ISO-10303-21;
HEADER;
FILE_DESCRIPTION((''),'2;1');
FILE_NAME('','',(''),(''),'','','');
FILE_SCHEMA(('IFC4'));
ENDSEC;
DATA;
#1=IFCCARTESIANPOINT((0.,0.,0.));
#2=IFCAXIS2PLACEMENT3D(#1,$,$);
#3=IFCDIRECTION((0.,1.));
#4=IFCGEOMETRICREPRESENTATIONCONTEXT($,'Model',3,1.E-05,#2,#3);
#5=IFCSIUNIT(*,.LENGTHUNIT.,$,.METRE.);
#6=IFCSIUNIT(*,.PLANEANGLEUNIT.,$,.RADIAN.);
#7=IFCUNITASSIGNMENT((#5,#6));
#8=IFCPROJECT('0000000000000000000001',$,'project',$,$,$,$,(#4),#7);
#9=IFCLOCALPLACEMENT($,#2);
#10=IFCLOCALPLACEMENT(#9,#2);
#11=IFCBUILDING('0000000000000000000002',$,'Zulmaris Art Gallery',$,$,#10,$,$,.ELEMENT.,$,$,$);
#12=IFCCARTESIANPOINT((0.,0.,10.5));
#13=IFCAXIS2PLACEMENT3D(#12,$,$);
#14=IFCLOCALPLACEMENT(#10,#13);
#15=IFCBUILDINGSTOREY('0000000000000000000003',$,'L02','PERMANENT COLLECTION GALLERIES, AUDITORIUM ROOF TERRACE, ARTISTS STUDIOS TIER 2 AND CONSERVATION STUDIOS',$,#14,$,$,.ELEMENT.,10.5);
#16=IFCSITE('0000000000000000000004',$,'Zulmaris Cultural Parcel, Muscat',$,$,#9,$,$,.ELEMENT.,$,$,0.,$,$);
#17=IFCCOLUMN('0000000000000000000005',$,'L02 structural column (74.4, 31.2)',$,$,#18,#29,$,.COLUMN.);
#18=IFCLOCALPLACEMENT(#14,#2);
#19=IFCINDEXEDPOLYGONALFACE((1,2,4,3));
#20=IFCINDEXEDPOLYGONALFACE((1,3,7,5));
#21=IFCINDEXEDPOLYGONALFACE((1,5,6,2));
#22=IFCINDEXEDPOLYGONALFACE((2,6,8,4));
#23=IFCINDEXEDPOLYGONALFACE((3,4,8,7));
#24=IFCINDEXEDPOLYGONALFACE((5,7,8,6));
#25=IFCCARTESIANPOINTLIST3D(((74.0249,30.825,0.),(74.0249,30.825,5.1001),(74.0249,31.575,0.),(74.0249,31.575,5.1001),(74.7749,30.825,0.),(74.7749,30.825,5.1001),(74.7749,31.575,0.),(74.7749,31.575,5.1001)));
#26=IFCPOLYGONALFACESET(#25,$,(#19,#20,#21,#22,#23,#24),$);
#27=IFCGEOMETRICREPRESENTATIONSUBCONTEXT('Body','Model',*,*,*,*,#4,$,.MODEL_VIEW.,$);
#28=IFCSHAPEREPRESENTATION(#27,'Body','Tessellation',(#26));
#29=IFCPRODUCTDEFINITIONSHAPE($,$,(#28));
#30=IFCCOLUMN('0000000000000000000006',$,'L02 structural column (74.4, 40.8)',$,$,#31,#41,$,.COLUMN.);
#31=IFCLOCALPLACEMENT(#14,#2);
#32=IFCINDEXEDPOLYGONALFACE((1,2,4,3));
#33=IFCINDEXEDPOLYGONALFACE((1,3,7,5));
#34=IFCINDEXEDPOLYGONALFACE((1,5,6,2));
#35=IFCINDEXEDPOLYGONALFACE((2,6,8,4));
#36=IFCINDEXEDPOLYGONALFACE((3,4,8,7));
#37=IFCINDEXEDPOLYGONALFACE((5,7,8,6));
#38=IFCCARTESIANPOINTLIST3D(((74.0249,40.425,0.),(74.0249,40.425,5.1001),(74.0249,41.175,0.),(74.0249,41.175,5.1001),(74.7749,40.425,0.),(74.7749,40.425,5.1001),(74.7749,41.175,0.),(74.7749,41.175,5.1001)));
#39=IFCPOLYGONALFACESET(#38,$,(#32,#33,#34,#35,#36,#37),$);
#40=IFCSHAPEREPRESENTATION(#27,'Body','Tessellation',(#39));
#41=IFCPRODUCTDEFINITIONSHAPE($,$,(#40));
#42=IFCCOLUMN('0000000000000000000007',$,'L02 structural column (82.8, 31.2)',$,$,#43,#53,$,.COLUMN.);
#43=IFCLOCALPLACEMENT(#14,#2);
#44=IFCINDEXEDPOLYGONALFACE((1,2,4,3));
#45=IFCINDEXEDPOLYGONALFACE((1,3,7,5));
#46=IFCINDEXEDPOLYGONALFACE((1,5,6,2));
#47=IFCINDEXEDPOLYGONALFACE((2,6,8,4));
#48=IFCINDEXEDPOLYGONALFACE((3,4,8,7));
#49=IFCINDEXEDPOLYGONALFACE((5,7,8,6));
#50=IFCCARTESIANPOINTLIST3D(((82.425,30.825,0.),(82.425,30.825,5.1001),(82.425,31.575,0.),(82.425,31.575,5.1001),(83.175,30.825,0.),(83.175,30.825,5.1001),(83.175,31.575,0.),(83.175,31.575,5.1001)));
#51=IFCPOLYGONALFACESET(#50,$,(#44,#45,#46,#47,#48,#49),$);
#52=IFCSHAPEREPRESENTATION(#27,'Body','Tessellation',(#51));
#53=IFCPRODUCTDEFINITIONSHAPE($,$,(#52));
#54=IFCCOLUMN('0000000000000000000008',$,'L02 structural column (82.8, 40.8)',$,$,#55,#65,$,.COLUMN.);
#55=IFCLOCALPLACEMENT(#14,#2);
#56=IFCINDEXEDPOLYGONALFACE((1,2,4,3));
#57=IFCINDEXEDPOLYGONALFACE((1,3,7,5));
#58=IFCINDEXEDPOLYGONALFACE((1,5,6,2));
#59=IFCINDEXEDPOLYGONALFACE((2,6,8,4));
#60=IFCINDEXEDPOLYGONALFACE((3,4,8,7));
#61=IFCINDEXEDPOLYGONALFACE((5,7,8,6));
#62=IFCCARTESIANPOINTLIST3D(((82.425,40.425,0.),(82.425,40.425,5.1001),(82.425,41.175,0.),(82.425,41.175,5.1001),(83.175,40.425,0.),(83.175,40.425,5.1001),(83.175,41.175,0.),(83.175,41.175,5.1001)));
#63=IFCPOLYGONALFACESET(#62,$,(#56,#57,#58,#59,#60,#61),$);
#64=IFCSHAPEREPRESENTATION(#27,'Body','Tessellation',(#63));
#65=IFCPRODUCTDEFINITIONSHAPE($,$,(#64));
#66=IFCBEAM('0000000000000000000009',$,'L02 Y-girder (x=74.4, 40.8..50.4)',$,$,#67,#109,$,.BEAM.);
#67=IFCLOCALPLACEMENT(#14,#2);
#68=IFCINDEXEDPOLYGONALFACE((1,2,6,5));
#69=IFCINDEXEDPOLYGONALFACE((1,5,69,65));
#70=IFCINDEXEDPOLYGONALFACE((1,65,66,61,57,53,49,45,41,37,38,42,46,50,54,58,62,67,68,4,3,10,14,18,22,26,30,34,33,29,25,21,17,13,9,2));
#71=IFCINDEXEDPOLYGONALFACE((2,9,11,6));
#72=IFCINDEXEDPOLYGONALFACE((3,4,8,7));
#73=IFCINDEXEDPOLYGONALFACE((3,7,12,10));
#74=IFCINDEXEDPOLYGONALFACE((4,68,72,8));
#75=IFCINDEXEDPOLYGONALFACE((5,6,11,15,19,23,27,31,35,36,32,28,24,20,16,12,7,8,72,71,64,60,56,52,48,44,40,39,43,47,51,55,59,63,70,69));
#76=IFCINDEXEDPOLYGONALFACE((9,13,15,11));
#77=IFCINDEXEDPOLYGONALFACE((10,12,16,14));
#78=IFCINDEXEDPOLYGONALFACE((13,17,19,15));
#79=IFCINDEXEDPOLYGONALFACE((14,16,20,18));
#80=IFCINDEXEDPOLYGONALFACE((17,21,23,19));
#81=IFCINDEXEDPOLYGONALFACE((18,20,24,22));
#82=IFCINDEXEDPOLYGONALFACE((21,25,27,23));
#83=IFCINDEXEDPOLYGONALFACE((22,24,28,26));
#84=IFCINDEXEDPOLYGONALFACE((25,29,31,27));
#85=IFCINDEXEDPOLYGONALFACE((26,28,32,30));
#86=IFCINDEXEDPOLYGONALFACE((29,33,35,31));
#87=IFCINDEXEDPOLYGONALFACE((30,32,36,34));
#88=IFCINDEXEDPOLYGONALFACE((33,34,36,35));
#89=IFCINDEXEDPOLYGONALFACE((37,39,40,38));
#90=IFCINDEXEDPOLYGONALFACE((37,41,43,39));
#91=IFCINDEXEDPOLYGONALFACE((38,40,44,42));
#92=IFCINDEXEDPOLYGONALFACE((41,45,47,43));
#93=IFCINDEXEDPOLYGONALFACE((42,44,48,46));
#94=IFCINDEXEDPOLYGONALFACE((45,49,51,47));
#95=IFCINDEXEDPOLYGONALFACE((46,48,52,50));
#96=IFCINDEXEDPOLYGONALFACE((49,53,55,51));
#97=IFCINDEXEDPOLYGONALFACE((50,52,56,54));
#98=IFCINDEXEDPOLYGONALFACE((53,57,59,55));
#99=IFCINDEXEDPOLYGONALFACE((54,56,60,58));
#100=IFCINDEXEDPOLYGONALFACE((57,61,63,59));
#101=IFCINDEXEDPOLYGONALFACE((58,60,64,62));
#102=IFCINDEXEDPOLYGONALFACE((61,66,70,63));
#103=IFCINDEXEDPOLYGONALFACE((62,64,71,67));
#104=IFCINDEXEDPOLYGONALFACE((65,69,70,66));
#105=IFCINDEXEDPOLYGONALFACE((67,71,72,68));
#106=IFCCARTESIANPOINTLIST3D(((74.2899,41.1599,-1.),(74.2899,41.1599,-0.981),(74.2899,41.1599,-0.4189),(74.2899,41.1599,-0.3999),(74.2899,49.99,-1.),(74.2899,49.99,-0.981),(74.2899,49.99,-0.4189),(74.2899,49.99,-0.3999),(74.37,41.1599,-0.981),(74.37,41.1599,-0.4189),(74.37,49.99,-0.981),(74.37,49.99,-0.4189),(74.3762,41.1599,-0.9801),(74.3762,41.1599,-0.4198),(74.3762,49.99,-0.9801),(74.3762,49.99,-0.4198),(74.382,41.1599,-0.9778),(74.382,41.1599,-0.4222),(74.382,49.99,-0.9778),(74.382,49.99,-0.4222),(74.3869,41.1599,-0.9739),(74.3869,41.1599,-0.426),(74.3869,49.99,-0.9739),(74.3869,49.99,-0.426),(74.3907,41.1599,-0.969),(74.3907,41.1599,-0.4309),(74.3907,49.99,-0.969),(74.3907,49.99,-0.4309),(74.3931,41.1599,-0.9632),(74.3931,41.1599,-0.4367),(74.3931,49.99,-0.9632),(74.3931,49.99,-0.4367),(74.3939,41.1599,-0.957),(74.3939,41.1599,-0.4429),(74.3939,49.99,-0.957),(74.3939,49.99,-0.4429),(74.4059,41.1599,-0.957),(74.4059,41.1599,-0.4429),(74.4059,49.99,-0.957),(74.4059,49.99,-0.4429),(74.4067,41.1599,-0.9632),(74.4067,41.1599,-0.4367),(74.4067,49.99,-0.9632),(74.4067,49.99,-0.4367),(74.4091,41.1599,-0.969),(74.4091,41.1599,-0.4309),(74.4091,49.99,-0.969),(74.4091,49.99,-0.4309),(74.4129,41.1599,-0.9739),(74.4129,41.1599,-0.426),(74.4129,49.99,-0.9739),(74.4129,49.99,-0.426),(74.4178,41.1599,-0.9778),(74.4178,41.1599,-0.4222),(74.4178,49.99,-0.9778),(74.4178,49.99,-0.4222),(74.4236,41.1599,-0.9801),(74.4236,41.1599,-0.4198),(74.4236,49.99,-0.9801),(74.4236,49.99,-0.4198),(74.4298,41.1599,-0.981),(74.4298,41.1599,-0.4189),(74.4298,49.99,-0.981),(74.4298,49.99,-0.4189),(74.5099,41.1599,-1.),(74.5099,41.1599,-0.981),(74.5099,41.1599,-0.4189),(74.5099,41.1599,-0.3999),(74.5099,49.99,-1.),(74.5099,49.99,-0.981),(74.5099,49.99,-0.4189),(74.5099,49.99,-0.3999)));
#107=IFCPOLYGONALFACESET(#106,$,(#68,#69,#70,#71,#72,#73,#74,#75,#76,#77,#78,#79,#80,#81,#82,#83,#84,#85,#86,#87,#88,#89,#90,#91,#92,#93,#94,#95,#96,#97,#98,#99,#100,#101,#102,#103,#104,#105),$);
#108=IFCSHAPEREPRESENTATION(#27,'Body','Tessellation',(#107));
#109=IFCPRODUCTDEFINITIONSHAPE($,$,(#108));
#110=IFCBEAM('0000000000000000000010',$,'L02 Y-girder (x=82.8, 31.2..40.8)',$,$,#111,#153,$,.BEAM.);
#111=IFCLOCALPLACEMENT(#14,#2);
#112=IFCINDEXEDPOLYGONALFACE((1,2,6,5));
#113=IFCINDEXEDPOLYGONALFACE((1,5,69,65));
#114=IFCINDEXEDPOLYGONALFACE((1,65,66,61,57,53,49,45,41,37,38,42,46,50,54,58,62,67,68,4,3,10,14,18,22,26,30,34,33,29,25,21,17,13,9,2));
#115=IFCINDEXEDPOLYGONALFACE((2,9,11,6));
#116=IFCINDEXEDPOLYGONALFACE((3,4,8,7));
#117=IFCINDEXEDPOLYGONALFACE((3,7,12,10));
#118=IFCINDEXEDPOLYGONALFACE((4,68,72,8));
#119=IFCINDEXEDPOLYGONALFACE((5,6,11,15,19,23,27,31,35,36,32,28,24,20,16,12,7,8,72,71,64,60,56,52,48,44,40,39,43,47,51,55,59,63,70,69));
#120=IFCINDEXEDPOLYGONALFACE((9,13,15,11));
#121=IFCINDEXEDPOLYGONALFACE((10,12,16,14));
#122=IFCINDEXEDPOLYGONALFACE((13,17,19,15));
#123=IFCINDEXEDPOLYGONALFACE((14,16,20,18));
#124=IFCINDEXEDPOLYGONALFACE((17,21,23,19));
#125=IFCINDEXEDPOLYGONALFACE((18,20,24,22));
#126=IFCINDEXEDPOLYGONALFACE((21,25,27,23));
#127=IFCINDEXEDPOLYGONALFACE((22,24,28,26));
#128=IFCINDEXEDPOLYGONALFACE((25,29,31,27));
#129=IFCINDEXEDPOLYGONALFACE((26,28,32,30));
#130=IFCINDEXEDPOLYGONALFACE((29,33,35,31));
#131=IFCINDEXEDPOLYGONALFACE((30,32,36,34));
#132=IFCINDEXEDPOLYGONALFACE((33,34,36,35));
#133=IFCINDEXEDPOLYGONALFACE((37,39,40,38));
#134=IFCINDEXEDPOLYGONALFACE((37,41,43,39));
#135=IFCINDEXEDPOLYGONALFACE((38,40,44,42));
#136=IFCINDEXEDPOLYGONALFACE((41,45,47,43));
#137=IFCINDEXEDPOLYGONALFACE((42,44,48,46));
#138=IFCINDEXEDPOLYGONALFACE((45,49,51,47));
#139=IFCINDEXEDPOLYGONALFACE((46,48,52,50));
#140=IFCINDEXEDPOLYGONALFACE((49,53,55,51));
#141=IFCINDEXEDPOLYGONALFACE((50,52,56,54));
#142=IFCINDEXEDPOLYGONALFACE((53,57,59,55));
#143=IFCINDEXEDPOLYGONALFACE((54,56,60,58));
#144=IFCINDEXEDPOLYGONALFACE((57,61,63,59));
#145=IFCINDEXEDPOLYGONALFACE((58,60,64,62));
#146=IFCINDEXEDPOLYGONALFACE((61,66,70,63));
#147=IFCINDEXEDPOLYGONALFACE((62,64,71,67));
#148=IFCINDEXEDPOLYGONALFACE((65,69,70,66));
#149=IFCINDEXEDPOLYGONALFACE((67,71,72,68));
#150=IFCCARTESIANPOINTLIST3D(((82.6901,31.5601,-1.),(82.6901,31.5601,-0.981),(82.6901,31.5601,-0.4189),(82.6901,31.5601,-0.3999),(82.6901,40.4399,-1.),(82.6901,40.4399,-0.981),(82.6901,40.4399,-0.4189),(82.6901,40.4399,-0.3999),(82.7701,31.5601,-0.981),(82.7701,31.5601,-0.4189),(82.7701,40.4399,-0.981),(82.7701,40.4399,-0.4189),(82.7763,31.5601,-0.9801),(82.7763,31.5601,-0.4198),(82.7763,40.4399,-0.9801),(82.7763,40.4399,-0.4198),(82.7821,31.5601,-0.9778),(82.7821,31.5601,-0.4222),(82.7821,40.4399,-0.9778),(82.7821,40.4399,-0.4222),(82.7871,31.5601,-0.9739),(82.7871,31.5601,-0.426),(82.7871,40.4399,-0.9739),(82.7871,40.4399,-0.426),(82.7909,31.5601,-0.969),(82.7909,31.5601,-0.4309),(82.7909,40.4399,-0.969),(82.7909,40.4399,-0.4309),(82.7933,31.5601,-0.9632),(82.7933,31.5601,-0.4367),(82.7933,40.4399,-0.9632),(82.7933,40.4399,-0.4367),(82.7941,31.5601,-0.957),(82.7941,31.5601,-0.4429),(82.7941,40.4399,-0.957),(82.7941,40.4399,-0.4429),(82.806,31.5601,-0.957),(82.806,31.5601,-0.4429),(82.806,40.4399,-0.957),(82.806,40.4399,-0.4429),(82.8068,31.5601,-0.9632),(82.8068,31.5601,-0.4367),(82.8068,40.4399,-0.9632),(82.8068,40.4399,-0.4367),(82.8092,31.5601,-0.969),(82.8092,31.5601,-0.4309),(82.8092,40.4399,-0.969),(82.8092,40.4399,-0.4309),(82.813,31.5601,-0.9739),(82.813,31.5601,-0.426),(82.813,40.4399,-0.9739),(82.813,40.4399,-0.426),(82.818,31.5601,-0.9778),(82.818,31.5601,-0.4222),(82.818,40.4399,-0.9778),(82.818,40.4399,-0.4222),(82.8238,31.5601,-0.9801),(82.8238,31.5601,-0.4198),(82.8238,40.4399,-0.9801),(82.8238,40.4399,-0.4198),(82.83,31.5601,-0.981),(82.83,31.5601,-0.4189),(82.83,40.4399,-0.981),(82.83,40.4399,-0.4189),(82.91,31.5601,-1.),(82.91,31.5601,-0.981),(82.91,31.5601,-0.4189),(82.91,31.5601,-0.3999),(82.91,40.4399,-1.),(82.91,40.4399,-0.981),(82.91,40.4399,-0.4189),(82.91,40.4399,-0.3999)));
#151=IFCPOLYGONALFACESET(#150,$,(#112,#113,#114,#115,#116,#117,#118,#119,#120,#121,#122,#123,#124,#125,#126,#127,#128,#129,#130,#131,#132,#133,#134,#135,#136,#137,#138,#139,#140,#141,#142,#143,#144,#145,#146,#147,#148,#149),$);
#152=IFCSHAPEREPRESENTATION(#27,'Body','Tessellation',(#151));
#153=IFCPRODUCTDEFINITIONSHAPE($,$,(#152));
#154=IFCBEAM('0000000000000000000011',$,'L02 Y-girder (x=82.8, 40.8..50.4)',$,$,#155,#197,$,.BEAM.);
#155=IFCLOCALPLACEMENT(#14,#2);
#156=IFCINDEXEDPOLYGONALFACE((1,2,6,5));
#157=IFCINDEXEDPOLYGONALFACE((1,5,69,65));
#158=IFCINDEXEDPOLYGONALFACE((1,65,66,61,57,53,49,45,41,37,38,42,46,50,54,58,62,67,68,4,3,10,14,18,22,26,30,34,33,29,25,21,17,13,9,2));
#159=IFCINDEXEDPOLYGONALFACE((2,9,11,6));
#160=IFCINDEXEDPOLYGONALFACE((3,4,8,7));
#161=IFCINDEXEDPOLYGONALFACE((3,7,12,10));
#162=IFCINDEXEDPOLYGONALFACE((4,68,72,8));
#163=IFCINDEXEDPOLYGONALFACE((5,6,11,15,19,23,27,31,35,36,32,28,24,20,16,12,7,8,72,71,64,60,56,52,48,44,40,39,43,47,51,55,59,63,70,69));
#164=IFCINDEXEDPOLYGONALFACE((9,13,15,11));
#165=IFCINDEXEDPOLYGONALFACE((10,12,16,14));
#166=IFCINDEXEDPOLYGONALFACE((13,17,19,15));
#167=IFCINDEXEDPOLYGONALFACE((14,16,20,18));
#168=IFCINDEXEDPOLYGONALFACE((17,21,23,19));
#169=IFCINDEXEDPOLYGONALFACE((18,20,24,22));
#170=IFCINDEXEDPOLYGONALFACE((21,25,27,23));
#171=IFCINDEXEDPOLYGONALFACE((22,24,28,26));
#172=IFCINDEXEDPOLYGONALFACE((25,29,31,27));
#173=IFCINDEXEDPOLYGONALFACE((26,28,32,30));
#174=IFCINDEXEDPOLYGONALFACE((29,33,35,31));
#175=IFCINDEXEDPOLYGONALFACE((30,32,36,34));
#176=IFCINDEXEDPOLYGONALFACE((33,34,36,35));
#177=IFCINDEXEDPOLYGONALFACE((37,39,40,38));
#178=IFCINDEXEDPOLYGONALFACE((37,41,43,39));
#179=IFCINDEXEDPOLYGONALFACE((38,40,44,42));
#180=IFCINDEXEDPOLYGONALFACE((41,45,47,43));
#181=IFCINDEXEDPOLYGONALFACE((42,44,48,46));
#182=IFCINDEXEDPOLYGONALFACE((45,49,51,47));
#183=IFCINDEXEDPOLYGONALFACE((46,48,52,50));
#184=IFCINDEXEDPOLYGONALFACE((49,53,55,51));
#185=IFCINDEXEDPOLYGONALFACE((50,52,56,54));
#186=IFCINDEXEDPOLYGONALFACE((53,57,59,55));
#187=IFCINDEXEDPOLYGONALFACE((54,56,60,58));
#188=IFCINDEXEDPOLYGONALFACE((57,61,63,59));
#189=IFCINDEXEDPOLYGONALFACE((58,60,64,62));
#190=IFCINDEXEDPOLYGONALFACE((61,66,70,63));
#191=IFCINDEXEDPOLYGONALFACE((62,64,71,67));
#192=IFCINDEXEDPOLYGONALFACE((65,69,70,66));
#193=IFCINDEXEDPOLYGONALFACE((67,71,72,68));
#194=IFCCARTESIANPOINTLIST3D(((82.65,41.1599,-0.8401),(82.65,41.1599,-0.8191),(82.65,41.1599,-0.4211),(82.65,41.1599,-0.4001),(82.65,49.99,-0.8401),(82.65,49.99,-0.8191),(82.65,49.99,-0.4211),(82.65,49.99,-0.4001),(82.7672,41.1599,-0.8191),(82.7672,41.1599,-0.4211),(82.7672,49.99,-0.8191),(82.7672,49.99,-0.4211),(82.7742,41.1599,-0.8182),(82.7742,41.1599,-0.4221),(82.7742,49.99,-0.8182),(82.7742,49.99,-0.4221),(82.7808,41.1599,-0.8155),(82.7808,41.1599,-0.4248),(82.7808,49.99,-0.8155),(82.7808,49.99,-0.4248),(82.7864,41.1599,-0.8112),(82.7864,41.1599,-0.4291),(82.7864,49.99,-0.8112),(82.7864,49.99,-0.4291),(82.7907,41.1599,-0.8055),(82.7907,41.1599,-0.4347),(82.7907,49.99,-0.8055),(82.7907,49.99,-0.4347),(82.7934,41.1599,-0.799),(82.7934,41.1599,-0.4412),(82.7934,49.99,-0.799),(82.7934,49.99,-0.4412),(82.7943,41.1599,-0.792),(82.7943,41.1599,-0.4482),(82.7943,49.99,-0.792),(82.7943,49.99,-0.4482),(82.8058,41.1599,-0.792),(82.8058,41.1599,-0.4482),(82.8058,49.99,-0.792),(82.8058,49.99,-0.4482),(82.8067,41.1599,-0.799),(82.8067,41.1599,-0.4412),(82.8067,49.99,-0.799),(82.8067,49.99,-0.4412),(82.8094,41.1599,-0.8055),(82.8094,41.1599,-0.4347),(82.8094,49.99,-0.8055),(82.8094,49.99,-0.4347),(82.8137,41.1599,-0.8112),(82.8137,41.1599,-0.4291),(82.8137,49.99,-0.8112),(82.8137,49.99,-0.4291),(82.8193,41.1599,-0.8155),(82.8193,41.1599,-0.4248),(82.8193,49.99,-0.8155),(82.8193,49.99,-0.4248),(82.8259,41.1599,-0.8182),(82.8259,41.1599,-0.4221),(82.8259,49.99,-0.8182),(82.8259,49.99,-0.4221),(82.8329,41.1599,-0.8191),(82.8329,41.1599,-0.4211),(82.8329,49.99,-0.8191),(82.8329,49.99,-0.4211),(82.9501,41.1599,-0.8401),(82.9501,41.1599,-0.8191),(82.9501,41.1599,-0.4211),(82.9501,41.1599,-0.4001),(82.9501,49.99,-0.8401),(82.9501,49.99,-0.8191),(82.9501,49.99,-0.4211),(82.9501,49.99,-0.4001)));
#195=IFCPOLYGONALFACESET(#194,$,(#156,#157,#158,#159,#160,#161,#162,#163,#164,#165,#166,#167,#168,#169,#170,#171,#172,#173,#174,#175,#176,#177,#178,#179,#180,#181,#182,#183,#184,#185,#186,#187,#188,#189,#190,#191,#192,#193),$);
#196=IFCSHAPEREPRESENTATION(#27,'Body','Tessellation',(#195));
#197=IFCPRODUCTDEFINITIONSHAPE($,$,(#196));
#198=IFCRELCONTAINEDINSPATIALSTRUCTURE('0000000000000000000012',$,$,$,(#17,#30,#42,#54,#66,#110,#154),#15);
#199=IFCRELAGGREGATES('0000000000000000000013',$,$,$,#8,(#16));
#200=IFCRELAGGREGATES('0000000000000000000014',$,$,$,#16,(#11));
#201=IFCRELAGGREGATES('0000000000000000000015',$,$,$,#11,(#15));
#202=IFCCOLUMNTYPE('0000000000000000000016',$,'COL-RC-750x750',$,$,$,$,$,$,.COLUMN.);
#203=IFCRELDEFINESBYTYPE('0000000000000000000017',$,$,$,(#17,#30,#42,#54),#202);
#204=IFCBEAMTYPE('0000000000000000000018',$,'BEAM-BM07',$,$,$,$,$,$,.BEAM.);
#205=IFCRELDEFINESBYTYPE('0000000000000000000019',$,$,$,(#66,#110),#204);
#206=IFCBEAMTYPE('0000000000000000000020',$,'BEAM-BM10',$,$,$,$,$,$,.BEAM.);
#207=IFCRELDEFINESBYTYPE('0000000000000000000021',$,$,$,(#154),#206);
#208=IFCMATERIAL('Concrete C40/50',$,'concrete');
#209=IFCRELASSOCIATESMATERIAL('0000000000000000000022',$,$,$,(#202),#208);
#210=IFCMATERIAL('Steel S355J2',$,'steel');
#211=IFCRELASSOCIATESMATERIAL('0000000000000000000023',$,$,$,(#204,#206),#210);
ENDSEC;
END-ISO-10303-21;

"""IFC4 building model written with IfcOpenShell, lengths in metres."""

from ifc_helpers import new_model, si_unit, direction, frame, origin, origin_2d, place, context, subcontext, project, spatial, rectangle, i_section, extrude, material, material_profile, profile_set, type_object, element, save


model = new_model("IFC4")

# Units and contexts
model_context = context("Model", 3, precision=1e-05, world=origin(), true_north=direction((0.0, 1.0)))
body_context = subcontext(model_context, "Body", "Model", "MODEL_VIEW")
ifc_project = project(units=[si_unit("LENGTHUNIT", "METRE"), si_unit("PLANEANGLEUNIT", "RADIAN")], contexts=[model_context])

# Site, building, storey
site_placement = place(None, origin())
site = spatial("IfcSite", under=ifc_project, at=site_placement, Name="Zulmaris Cultural Parcel, Muscat", CompositionType="ELEMENT", RefElevation=0.0)
building_placement = place(site_placement, origin())
building = spatial("IfcBuilding", under=site, at=building_placement, Name="Zulmaris Art Gallery", CompositionType="ELEMENT")
storey_placement = place(building_placement, frame((0.0, 0.0, 10.5)))
storey = spatial("IfcBuildingStorey", under=building, at=storey_placement, Name="L02", Description="PERMANENT COLLECTION GALLERIES, AUDITORIUM ROOF TERRACE, ARTISTS STUDIOS TIER 2 AND CONSERVATION STUDIOS", CompositionType="ELEMENT", Elevation=10.5)

# Columns
ifc_material_1 = material(Name="Concrete C40/50", Category="concrete")
ifc_material_profile_1 = material_profile(ifc_material_1, rectangle(XDim=0.75, YDim=0.75, at=origin_2d()), Name="RC 750x750")
ifc_profile_set_1 = profile_set([ifc_material_profile_1], Name="Concrete C40/50")
column_type = type_object("IfcColumnType", Name="COL-RC-750x750", PredefinedType="COLUMN", material=ifc_profile_set_1)
for number, where, z_axis, x_axis, name in (
    (1, (74.3999, 31.2, 0.0), (0.0, 0.0, 1.0), (1.0, 0.0, 0.0), "L02 structural column (74.4, 31.2)"),
    (2, (74.3999, 40.8, 0.0), (0.0, 0.0, 1.0), (1.0, 0.0, 0.0), "L02 structural column (74.4, 40.8)"),
    (3, (82.8, 31.2, 0.0), (0.0, 0.0, 1.0), (1.0, 0.0, 0.0), "L02 structural column (82.8, 31.2)"),
    (4, (82.8, 40.8, 0.0), (0.0, 0.0, 1.0), (1.0, 0.0, 0.0), "L02 structural column (82.8, 40.8)"),
):
    element("IfcColumn", number, at=place(storey_placement, frame(where, z_axis=z_axis, x_axis=x_axis)), inside=storey, type_object=column_type, Name=name, PredefinedType="COLUMN", context=body_context, shape_type="SweptSolid", body=[
        extrude(rectangle(XDim=0.75, YDim=0.75, at=origin_2d()), origin(), (0.0, 0.0, 1.0), 5.1001),
    ])

# Beams
ifc_material_2 = material(Name="Steel S355J2", Category="steel")
ifc_material_profile_2 = material_profile(ifc_material_2, i_section(OverallWidth=0.22, OverallDepth=0.6001, WebThickness=0.012, FlangeThickness=0.019, FilletRadius=0.0239, at=origin_2d()), Name="IPE 600")
ifc_profile_set_2 = profile_set([ifc_material_profile_2], Name="Steel S355J2")
beam_type_1 = type_object("IfcBeamType", Name="BEAM-BM07", PredefinedType="BEAM", material=ifc_profile_set_2)
beam_1_placement = place(storey_placement, frame((74.3999, 41.1599, -0.7), z_axis=(0.0, 1.0, 0.0), x_axis=(-1.0, 0.0, 0.0)))
element("IfcBeam", 5, at=beam_1_placement, inside=storey, type_object=beam_type_1, Name="L02 Y-girder (x=74.4, 40.8..50.4)", PredefinedType="BEAM", context=body_context, shape_type="SweptSolid", body=[
    extrude(i_section(OverallWidth=0.22, OverallDepth=0.6001, WebThickness=0.012, FlangeThickness=0.019, FilletRadius=0.0239, at=origin_2d()), origin(), (0.0, 0.0, 1.0), 8.8301),
])
beam_2_placement = place(storey_placement, frame((82.8, 31.5601, -0.7), z_axis=(0.0, 1.0, 0.0), x_axis=(-1.0, 0.0, 0.0)))
element("IfcBeam", 6, at=beam_2_placement, inside=storey, type_object=beam_type_1, Name="L02 Y-girder (x=82.8, 31.2..40.8)", PredefinedType="BEAM", context=body_context, shape_type="SweptSolid", body=[
    extrude(i_section(OverallWidth=0.22, OverallDepth=0.6001, WebThickness=0.012, FlangeThickness=0.019, FilletRadius=0.0239, at=origin_2d()), origin(), (0.0, 0.0, 1.0), 8.8799),
])
ifc_material_profile_3 = material_profile(ifc_material_2, i_section(OverallWidth=0.3, OverallDepth=0.4399, WebThickness=0.0115, FlangeThickness=0.021, FilletRadius=0.0271, at=origin_2d()), Name="HEA 450")
ifc_profile_set_3 = profile_set([ifc_material_profile_3], Name="Steel S355J2")
beam_type_2 = type_object("IfcBeamType", Name="BEAM-BM10", PredefinedType="BEAM", material=ifc_profile_set_3)
beam_3_placement = place(storey_placement, frame((82.8, 41.1599, -0.6201), z_axis=(0.0, 1.0, 0.0), x_axis=(-1.0, 0.0, 0.0)))
element("IfcBeam", 7, at=beam_3_placement, inside=storey, type_object=beam_type_2, Name="L02 Y-girder (x=82.8, 40.8..50.4)", PredefinedType="BEAM", context=body_context, shape_type="SweptSolid", body=[
    extrude(i_section(OverallWidth=0.3, OverallDepth=0.4399, WebThickness=0.0115, FlangeThickness=0.021, FilletRadius=0.0271, at=origin_2d()), origin(), (0.0, 0.0, 1.0), 8.8301),
])

save(model, "model.ifc")
